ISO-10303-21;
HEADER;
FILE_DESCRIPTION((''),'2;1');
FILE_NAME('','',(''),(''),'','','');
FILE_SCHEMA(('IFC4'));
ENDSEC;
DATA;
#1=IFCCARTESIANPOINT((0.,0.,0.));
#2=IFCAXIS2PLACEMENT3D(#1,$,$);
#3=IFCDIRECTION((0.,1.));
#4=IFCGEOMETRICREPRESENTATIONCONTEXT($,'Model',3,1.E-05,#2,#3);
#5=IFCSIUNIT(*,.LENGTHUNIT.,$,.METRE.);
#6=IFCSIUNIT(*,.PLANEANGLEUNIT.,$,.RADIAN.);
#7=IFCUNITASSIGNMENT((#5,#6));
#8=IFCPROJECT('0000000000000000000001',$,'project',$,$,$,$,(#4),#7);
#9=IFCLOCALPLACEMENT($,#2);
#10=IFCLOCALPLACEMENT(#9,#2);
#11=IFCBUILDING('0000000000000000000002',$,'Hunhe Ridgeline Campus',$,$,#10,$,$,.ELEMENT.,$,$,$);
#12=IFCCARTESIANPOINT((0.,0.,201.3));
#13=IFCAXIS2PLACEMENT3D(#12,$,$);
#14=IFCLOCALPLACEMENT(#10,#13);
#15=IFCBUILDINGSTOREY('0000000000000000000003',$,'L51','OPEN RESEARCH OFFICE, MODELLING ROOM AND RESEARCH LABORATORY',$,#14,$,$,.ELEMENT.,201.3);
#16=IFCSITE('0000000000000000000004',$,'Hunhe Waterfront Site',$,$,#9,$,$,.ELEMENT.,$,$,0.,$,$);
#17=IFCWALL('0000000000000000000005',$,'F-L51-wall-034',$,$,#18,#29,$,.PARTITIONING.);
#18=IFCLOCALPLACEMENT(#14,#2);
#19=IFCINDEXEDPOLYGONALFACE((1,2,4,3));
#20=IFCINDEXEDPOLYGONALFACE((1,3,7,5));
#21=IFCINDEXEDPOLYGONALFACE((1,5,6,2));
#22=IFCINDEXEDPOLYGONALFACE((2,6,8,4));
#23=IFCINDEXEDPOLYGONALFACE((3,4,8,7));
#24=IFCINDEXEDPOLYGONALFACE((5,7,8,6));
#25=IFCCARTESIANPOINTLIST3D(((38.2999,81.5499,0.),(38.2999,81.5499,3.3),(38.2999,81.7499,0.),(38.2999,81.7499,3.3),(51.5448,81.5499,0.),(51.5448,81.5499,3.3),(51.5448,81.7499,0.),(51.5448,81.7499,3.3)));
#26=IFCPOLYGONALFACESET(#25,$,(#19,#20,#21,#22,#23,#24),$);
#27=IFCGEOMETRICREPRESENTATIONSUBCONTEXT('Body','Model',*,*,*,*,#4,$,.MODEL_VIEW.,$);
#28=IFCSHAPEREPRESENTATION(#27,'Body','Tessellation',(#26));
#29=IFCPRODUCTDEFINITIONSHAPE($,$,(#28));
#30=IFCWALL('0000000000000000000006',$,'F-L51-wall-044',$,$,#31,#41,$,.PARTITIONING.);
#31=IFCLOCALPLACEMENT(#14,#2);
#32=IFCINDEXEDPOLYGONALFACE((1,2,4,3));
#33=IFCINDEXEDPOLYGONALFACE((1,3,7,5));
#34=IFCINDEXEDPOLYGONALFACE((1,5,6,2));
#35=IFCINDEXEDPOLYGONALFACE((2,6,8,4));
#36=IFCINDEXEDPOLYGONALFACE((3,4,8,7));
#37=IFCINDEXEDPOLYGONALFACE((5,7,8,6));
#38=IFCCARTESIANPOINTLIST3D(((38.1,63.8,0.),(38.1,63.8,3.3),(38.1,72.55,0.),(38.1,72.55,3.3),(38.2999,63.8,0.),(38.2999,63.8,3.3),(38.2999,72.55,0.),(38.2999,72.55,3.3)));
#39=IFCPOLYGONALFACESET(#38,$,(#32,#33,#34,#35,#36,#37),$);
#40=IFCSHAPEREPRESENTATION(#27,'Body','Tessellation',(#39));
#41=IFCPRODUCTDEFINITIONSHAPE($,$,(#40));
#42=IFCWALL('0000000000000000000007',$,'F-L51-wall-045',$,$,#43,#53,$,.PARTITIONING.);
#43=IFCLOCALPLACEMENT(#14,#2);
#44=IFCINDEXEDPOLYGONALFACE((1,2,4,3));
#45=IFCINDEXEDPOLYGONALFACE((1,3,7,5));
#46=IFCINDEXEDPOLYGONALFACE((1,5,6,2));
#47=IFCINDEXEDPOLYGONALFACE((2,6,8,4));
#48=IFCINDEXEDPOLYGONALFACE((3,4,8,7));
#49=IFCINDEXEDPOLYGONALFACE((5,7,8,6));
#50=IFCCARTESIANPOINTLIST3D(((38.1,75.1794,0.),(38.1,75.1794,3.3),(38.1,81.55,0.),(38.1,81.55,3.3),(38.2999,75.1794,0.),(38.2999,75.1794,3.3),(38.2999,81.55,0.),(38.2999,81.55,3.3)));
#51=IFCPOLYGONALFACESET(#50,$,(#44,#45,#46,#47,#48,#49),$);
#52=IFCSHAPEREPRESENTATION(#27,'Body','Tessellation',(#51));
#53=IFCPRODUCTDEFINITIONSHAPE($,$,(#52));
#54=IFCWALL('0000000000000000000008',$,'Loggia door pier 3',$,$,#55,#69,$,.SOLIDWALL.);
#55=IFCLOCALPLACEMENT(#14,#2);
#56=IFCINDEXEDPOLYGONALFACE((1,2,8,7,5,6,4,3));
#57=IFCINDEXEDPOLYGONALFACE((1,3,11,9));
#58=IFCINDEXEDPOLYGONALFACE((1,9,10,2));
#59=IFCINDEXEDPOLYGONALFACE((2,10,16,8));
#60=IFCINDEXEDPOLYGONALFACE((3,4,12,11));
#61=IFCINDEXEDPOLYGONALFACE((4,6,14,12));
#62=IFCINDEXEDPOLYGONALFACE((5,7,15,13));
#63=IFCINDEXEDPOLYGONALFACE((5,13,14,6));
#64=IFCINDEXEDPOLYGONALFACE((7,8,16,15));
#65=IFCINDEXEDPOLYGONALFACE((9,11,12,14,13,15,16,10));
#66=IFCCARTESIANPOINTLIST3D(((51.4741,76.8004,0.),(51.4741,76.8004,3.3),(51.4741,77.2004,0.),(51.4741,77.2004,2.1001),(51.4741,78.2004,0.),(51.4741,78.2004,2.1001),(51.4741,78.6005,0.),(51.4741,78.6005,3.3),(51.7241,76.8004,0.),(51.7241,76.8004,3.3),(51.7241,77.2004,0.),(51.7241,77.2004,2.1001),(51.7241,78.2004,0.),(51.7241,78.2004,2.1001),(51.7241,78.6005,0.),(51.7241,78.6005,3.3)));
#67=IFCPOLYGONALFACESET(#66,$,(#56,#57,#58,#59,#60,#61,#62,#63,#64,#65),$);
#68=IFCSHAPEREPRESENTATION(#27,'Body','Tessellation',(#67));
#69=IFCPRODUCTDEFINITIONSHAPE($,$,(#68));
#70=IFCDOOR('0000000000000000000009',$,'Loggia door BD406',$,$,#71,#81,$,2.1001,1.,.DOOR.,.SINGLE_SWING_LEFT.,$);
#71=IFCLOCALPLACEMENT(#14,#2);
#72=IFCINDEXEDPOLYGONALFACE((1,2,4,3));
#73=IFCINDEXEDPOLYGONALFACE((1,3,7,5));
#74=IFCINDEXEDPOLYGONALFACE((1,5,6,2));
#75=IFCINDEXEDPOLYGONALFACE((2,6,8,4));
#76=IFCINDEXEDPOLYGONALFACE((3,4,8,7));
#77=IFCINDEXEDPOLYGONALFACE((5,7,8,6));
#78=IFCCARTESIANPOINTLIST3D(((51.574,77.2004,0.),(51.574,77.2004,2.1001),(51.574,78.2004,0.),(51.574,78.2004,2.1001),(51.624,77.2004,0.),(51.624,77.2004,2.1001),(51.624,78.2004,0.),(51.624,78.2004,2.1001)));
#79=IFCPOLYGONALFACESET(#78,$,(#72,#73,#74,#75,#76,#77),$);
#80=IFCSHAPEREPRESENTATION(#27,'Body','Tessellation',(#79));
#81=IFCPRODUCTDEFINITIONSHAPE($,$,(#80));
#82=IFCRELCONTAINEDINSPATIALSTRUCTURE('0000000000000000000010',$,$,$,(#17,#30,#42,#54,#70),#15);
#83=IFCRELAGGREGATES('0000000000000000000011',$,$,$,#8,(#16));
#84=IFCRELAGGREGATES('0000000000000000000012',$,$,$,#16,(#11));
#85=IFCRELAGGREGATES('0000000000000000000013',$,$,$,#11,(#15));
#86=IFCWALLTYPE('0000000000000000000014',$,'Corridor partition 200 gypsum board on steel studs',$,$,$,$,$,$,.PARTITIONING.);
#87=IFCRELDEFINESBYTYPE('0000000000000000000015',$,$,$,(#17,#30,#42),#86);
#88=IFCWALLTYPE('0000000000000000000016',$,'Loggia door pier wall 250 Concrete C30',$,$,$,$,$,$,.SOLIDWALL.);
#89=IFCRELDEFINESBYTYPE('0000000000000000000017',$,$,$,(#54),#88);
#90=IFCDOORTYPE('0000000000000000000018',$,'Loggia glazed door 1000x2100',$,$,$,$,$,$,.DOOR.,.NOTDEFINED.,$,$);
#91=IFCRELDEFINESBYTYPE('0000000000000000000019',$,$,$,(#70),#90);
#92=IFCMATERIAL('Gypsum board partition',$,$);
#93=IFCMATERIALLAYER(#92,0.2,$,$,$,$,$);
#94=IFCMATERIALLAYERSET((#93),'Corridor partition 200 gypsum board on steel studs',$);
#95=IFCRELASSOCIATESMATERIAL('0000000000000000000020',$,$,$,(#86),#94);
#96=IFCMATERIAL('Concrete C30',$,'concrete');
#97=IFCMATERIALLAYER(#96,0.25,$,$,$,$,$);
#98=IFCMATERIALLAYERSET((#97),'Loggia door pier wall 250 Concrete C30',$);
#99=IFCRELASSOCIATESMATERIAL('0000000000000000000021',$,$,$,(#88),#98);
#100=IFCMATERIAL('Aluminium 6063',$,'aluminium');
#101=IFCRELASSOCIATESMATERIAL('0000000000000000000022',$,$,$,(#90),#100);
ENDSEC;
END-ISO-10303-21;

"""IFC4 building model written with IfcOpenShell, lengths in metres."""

from ifc_helpers import new_model, si_unit, direction, frame, frame_2d, origin, place, context, subcontext, project, spatial, rectangle, extrude, material, layer, layer_set, type_object, element, fill, save


model = new_model("IFC4")

# Units and contexts
model_context = context("Model", 3, precision=1e-05, world=origin(), true_north=direction((0.0, 1.0)))
body_context = subcontext(model_context, "Body", "Model", "MODEL_VIEW")
ifc_project = project(units=[si_unit("LENGTHUNIT", "METRE"), si_unit("PLANEANGLEUNIT", "RADIAN")], contexts=[model_context])

# Site, building, storey
site_placement = place(None, origin())
site = spatial("IfcSite", under=ifc_project, at=site_placement, Name="Hunhe Waterfront Site", CompositionType="ELEMENT", RefElevation=0.0)
building_placement = place(site_placement, origin())
building = spatial("IfcBuilding", under=site, at=building_placement, Name="Hunhe Ridgeline Campus", CompositionType="ELEMENT")
storey_placement = place(building_placement, frame((0.0, 0.0, 201.3)))
storey = spatial("IfcBuildingStorey", under=building, at=storey_placement, Name="L51", Description="OPEN RESEARCH OFFICE, MODELLING ROOM AND RESEARCH LABORATORY", CompositionType="ELEMENT", Elevation=201.3)

# Shared definitions
ifc_material_1 = material(Name="Aluminium 6063", Category="aluminium")

# Shared definitions
ifc_material_2 = material(Name="Gypsum board partition")
ifc_layer_1 = layer(ifc_material_2, 0.2)
ifc_layer_set_1 = layer_set([ifc_layer_1], Name="Corridor partition 200 gypsum board on steel studs")
wall_type_1 = type_object("IfcWallType", Name="Corridor partition 200 gypsum board on steel studs", PredefinedType="PARTITIONING", material=ifc_layer_set_1)

# Walls
wall_1_placement = place(storey_placement, frame((51.5449, 81.6499, 0.0), z_axis=(0.0, 0.0, 1.0), x_axis=(-1.0, 0.0, 0.0)))
element("IfcWall", 1, at=wall_1_placement, inside=storey, type_object=wall_type_1, Name="F-L51-wall-034", PredefinedType="PARTITIONING", context=body_context, shape_type="SweptSolid", body=[
    extrude(rectangle(XDim=13.2449, YDim=0.2, at=frame_2d((6.6226, 0.0))), origin(), (0.0, 0.0, 1.0), 3.3),
])
wall_2_placement = place(storey_placement, frame((38.2, 72.55, 0.0), z_axis=(0.0, 0.0, 1.0), x_axis=(0.0, -1.0, 0.0)))
element("IfcWall", 2, at=wall_2_placement, inside=storey, type_object=wall_type_1, Name="F-L51-wall-044", PredefinedType="PARTITIONING", context=body_context, shape_type="SweptSolid", body=[
    extrude(rectangle(XDim=8.75, YDim=0.2, at=frame_2d((4.375, 0.0))), origin(), (0.0, 0.0, 1.0), 3.3),
])
wall_3_placement = place(storey_placement, frame((38.2, 81.55, 0.0), z_axis=(0.0, 0.0, 1.0), x_axis=(0.0, -1.0, 0.0)))
element("IfcWall", 3, at=wall_3_placement, inside=storey, type_object=wall_type_1, Name="F-L51-wall-045", PredefinedType="PARTITIONING", context=body_context, shape_type="SweptSolid", body=[
    extrude(rectangle(XDim=6.3706, YDim=0.2, at=frame_2d((3.1853, 0.0))), origin(), (0.0, 0.0, 1.0), 3.3),
])

# Wall, opening, door
ifc_material_3 = material(Name="Concrete C30", Category="concrete")
ifc_layer_2 = layer(ifc_material_3, 0.25)
ifc_layer_set_2 = layer_set([ifc_layer_2], Name="Loggia door pier wall 250 Concrete C30")
wall_type_2 = type_object("IfcWallType", Name="Loggia door pier wall 250 Concrete C30", PredefinedType="SOLIDWALL", material=ifc_layer_set_2)
wall_4_placement = place(storey_placement, frame((51.5991, 76.8005, 0.0), z_axis=(0.0, 0.0, 1.0), x_axis=(0.0, 1.0, 0.0)))
wall_4 = element("IfcWall", 4, at=wall_4_placement, inside=storey, type_object=wall_type_2, Name="Loggia door pier 3", PredefinedType="SOLIDWALL", context=body_context, shape_type="SweptSolid", body=[
    extrude(rectangle(XDim=1.8, YDim=0.25, at=frame_2d((0.8999, 0.0))), origin(), (0.0, 0.0, 1.0), 3.3),
])
opening_1_placement = place(wall_4_placement, frame((0.3999, 0.0, 0.0)))
opening_1 = element("IfcOpeningElement", 5, at=opening_1_placement, cuts=wall_4, PredefinedType="OPENING", context=body_context, shape_type="SweptSolid", body=[
    extrude(rectangle(XDim=1.0, YDim=2.1001, at=frame_2d((0.5, 1.05))), frame((0.0, 0.125, 0.0), z_axis=(0.0, -1.0, 0.0), x_axis=(1.0, 0.0, 0.0)), (0.0, 0.0, 1.0), 0.25),
])
door_type_1 = type_object("IfcDoorType", Name="Loggia glazed door 1000x2100", OperationType="NOTDEFINED", PredefinedType="DOOR", material=ifc_material_1)
door_1_placement = place(opening_1_placement, frame((1.0, 0.0, 0.0), z_axis=(0.0, 0.0, 1.0), x_axis=(-1.0, 0.0, 0.0)))
door_1 = element("IfcDoor", 6, at=door_1_placement, inside=storey, type_object=door_type_1, Name="Loggia door BD406", OperationType="SINGLE_SWING_LEFT", OverallHeight=2.1001, OverallWidth=1.0, PredefinedType="DOOR", context=body_context, shape_type="SweptSolid", body=[
    extrude(rectangle(XDim=1.0, YDim=2.1001, at=frame_2d((0.5, 1.05))), frame((0.0, 0.0249, 0.0), z_axis=(0.0, -1.0, 0.0), x_axis=(1.0, 0.0, 0.0)), (0.0, 0.0, 1.0), 0.05),
])
fill(opening_1, door_1)

save(model, "model.ifc")
